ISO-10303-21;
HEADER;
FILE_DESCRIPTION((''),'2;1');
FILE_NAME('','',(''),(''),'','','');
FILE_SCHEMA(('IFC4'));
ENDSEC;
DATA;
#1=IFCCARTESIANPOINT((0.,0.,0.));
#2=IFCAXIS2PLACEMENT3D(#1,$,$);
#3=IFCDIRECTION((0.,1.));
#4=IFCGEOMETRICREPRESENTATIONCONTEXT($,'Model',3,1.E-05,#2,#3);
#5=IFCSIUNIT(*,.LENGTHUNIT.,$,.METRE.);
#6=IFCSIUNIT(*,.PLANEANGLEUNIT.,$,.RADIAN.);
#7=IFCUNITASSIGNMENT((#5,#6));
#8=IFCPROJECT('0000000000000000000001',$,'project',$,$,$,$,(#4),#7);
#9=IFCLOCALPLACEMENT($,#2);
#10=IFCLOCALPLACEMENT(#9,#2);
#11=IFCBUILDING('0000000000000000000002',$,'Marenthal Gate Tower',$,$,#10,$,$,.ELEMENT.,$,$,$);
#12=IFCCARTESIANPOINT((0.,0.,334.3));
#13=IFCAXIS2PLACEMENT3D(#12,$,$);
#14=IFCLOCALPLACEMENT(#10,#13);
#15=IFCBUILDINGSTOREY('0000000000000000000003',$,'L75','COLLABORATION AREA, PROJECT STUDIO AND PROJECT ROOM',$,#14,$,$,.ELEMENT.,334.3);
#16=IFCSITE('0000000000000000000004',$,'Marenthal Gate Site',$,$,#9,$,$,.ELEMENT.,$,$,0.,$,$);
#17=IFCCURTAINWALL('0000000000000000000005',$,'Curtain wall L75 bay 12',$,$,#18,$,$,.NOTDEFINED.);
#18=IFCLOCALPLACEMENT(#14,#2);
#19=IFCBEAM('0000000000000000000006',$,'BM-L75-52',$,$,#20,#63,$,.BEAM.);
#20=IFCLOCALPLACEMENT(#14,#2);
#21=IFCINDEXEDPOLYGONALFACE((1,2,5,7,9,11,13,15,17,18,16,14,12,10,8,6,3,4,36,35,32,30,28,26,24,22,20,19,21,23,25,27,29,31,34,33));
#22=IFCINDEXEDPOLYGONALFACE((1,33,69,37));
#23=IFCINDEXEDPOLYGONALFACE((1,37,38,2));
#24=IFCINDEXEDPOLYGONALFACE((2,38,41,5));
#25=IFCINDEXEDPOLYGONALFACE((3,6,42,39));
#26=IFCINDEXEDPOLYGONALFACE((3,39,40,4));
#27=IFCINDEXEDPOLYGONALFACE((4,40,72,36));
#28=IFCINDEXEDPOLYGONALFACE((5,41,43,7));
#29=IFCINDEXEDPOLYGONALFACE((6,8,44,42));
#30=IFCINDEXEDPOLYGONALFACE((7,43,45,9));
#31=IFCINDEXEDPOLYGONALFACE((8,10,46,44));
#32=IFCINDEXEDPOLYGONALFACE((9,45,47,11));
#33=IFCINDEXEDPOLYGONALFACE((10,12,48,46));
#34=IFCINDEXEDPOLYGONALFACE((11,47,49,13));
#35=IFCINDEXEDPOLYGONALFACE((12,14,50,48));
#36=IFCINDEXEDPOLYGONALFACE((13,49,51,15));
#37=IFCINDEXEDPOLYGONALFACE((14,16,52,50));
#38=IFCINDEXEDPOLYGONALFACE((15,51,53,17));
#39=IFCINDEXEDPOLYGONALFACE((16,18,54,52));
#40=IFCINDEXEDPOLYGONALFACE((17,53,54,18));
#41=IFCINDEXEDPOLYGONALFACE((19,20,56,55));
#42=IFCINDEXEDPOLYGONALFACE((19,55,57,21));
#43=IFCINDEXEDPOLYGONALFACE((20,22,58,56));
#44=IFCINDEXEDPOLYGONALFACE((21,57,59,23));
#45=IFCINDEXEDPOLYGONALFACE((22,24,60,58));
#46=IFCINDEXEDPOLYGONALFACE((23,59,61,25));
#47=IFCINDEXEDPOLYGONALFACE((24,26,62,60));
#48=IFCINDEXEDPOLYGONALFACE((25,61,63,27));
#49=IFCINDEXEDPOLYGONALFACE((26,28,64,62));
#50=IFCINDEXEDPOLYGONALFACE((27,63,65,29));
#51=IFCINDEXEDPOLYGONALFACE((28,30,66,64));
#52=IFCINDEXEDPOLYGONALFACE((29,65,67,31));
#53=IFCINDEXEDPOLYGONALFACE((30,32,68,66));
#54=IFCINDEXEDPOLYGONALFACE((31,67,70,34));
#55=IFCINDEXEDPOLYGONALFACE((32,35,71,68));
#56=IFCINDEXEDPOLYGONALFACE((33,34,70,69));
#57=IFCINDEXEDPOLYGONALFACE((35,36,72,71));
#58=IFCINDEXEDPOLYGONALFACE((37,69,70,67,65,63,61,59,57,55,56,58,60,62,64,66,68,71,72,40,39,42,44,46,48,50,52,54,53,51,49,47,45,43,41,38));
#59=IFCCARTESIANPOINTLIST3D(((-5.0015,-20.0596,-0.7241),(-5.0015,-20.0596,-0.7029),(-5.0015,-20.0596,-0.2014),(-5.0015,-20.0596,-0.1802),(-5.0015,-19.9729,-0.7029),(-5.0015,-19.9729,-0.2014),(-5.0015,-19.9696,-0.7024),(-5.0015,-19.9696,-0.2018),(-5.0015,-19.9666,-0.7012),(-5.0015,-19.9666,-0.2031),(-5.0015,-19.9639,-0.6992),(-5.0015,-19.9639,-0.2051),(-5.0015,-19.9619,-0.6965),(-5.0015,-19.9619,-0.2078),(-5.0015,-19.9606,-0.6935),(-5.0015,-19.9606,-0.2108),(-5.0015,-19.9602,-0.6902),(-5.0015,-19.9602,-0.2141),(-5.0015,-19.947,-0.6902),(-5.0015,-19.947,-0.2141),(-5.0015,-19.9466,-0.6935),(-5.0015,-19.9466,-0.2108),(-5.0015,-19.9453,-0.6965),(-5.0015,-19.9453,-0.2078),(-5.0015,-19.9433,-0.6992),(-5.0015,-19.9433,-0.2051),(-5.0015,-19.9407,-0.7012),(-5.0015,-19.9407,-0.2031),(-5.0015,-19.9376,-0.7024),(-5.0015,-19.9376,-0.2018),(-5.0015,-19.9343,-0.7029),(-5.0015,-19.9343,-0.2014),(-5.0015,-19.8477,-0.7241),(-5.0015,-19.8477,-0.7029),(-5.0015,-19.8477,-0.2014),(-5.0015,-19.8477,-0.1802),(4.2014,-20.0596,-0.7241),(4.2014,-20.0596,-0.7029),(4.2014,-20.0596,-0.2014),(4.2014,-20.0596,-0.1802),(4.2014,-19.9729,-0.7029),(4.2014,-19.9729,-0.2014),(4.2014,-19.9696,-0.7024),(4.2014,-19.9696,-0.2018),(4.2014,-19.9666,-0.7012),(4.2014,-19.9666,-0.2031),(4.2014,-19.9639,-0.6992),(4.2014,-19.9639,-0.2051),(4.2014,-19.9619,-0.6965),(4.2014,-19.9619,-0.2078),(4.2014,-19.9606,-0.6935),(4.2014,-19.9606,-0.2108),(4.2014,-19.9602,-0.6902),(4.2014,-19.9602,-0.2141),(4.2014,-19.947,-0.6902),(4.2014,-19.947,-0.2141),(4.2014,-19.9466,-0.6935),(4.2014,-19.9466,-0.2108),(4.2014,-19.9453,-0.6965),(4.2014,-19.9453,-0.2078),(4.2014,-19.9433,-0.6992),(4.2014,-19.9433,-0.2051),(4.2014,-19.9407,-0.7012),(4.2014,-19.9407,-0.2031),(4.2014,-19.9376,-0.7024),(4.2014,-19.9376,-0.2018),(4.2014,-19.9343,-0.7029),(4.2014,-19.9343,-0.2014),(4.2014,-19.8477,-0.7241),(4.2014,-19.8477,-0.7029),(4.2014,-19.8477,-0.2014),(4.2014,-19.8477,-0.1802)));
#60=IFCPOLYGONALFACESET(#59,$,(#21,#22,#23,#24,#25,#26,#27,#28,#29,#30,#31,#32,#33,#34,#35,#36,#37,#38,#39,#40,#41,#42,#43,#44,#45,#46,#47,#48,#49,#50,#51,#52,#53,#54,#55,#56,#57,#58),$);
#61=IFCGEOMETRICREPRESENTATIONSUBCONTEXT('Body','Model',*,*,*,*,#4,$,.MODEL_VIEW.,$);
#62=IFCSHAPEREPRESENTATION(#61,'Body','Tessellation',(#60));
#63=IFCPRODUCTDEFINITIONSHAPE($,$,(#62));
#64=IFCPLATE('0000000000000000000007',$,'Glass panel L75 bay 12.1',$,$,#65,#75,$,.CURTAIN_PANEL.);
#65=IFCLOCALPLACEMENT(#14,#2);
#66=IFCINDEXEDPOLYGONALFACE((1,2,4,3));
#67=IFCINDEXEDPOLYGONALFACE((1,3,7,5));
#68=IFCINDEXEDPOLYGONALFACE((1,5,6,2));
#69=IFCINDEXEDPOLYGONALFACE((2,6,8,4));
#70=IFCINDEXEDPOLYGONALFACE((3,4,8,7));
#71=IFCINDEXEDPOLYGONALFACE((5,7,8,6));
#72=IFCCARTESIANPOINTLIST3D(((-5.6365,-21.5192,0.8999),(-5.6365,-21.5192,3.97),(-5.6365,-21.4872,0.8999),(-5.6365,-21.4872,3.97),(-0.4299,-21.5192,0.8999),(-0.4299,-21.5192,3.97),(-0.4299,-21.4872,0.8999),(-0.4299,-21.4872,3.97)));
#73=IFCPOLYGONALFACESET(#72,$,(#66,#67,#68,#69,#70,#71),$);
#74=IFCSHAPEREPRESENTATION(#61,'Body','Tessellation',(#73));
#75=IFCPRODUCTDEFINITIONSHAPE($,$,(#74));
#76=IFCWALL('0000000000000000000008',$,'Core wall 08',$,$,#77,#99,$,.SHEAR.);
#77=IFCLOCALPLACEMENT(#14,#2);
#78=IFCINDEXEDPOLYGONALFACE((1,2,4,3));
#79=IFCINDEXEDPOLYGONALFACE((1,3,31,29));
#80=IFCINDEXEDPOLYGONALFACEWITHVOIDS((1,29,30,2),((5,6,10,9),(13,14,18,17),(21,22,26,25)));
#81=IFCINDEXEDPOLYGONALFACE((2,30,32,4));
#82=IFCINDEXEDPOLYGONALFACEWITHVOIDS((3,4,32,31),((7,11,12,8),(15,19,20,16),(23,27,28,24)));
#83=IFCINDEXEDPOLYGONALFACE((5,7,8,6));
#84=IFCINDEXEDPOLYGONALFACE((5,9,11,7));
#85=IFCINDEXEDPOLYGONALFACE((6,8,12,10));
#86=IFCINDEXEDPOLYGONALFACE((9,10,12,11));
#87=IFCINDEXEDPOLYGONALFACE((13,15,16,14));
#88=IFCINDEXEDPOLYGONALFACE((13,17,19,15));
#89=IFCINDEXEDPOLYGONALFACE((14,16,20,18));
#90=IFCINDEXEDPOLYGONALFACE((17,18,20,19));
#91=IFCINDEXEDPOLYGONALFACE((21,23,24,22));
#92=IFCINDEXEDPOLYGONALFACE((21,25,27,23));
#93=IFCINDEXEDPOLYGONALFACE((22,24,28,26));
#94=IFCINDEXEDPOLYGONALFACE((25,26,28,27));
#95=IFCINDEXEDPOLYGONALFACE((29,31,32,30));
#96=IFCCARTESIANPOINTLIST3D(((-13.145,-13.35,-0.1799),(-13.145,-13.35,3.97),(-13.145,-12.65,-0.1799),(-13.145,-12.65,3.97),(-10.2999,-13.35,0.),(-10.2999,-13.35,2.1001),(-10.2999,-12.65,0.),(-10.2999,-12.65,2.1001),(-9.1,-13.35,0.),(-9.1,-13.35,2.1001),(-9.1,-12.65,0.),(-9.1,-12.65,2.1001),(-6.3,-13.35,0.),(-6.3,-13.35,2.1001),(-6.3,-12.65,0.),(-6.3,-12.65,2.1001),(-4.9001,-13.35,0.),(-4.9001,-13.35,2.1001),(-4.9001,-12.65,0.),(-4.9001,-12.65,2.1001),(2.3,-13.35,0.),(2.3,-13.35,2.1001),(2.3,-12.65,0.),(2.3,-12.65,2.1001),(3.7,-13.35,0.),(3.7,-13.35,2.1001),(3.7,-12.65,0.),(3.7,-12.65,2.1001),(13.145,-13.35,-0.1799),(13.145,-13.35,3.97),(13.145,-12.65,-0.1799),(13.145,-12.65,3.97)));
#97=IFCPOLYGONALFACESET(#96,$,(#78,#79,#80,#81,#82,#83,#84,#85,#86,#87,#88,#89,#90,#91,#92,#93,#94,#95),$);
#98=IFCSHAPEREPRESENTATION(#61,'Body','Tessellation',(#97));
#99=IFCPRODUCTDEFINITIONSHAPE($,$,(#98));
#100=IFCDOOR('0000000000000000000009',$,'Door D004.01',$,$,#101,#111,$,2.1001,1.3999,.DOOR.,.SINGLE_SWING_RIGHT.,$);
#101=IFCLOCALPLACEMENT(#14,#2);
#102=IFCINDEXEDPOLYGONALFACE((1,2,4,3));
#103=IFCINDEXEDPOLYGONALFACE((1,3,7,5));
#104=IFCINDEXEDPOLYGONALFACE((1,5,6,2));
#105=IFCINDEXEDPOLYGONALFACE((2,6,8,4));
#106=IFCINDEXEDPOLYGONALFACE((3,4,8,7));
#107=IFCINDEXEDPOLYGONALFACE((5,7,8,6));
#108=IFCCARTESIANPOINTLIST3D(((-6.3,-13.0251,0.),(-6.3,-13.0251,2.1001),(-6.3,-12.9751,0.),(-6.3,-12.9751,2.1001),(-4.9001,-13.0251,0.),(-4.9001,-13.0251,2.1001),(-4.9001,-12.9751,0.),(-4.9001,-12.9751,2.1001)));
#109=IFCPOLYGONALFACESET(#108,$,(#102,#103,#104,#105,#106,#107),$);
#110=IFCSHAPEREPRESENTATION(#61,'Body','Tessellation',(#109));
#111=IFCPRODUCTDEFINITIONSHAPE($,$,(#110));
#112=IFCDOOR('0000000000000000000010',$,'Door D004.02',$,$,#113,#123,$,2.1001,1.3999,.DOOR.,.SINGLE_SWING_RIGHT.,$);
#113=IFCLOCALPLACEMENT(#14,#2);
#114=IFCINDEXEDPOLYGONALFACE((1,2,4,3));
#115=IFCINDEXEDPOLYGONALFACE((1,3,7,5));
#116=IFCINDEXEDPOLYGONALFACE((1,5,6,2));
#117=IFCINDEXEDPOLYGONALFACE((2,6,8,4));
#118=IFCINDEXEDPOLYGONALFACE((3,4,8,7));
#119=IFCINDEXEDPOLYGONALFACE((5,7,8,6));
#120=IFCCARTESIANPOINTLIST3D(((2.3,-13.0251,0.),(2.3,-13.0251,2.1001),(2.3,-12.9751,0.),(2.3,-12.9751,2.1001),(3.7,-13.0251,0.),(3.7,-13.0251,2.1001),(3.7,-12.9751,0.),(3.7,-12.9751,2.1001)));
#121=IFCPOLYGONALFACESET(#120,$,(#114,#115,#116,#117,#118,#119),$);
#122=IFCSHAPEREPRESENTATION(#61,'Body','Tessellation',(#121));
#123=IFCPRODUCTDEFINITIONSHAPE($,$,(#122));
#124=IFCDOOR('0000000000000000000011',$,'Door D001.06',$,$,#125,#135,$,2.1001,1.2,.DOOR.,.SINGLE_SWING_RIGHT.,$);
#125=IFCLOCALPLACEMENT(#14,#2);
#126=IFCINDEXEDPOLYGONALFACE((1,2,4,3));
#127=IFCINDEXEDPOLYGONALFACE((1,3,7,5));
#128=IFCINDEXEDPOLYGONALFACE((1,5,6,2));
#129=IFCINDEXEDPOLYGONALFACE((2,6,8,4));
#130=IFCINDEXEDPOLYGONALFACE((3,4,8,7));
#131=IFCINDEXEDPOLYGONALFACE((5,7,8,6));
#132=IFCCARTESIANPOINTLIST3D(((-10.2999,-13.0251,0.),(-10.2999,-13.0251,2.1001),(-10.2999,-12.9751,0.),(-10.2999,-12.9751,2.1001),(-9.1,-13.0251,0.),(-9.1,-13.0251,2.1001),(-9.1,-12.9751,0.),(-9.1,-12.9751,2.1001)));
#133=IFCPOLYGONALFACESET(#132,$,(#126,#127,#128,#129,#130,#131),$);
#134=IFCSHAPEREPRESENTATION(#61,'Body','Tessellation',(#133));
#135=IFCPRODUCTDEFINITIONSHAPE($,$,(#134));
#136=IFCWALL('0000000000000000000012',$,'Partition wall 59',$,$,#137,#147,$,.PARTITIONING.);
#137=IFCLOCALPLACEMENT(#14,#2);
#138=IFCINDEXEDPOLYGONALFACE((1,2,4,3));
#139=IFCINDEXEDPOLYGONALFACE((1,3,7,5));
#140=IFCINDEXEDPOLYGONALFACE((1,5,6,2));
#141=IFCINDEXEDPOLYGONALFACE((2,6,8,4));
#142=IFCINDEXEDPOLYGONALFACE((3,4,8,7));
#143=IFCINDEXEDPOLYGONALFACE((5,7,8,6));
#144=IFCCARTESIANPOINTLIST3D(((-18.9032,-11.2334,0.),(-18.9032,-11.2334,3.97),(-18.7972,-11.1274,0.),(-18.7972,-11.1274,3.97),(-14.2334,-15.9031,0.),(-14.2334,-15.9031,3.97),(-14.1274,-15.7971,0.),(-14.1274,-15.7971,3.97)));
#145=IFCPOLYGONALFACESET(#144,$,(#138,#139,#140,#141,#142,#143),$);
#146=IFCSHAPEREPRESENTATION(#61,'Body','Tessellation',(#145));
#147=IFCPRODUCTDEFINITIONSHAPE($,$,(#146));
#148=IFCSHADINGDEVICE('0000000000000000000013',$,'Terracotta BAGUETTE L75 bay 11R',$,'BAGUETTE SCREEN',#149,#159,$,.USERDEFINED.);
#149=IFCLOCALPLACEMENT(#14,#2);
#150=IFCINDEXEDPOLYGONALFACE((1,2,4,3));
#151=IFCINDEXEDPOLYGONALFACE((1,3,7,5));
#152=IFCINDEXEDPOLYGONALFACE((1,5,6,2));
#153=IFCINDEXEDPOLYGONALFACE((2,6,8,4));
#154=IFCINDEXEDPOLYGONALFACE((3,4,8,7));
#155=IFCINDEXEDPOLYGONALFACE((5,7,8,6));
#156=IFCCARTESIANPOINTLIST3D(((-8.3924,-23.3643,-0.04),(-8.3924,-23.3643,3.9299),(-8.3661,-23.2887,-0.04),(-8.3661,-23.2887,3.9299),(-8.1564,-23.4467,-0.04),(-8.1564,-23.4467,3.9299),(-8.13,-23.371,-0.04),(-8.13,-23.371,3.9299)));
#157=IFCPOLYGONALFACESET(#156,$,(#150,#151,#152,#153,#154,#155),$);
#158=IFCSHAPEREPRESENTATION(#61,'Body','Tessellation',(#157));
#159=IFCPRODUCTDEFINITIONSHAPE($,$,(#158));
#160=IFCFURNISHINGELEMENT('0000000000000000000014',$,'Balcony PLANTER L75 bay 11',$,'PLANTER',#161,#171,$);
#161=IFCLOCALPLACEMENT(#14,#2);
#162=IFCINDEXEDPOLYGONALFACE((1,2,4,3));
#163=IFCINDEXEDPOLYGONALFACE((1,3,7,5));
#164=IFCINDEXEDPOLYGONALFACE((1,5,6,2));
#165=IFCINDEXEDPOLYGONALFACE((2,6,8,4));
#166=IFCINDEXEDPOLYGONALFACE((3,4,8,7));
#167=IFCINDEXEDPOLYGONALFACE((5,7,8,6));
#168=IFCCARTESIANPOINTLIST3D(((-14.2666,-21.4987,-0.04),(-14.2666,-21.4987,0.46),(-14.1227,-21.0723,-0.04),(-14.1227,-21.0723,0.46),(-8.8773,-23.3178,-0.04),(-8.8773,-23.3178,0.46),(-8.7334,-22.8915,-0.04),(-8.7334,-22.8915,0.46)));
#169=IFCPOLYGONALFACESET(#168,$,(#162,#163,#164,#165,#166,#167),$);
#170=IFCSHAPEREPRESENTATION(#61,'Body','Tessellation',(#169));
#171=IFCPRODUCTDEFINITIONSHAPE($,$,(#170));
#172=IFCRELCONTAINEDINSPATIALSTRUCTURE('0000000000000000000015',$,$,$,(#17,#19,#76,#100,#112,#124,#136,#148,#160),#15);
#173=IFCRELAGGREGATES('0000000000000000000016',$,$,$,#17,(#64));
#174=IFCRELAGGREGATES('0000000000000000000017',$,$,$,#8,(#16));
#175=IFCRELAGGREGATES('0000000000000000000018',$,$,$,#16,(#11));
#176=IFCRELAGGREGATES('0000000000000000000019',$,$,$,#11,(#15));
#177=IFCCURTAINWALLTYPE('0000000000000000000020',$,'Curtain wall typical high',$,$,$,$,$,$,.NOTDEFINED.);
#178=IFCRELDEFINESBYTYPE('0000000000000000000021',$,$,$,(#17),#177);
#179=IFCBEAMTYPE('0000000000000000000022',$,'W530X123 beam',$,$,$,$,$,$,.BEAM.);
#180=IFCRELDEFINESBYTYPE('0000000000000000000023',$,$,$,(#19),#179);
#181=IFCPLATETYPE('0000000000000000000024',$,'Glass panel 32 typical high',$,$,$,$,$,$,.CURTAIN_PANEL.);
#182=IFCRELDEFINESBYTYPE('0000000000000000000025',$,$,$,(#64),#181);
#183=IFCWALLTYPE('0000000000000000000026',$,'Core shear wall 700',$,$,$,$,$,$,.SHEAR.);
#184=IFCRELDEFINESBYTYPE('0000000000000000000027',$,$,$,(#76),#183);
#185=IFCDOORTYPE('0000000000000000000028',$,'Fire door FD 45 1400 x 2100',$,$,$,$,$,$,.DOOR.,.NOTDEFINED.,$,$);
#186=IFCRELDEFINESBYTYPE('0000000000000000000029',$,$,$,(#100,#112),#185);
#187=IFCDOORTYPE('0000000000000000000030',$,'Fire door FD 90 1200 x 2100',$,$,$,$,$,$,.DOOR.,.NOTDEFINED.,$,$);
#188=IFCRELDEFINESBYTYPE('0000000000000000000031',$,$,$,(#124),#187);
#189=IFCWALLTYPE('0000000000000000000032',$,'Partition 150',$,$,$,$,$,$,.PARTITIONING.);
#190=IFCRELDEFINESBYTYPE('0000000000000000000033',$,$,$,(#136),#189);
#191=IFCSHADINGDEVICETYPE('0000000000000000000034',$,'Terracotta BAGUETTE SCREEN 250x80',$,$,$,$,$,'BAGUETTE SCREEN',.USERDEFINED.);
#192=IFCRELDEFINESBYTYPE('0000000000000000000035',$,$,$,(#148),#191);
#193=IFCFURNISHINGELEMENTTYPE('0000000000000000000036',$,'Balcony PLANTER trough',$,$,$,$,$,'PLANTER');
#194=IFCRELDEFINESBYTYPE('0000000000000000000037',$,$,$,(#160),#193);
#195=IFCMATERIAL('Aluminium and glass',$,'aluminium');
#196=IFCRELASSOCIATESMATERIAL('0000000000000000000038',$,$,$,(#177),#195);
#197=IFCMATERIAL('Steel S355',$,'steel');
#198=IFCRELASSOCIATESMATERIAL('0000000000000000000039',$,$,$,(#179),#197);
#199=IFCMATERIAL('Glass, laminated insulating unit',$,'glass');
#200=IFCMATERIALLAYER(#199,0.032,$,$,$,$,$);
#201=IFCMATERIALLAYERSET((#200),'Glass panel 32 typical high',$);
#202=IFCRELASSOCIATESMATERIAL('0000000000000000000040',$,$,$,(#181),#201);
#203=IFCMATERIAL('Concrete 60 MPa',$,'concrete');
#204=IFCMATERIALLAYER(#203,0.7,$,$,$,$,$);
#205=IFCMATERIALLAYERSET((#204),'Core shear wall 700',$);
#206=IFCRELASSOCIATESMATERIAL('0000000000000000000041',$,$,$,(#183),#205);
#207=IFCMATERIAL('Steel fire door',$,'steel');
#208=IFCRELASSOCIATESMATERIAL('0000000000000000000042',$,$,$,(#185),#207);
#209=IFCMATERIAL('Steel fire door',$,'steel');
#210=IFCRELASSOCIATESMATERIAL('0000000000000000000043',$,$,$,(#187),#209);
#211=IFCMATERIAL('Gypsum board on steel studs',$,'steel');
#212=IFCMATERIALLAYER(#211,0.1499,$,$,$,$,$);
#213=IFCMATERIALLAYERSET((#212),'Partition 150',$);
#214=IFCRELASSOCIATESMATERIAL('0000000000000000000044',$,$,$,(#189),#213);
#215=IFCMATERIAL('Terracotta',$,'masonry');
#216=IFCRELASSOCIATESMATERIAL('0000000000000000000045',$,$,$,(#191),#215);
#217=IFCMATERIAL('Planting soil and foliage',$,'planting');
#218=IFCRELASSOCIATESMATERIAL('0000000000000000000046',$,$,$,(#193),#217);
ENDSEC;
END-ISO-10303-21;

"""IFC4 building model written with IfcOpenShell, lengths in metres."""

from ifc_helpers import new_model, si_unit, direction, frame, frame_2d, origin, origin_2d, place, context, subcontext, project, spatial, rectangle, i_section, extrude, material, layer, layer_set, material_profile, profile_set, type_object, element, fill, aggregate, save


model = new_model("IFC4")

# Units and contexts
model_context = context("Model", 3, precision=1e-05, world=origin(), true_north=direction((0.0, 1.0)))
body_context = subcontext(model_context, "Body", "Model", "MODEL_VIEW")
ifc_project = project(units=[si_unit("LENGTHUNIT", "METRE"), si_unit("PLANEANGLEUNIT", "RADIAN")], contexts=[model_context])

# Site, building, storey
site_placement = place(None, origin())
site = spatial("IfcSite", under=ifc_project, at=site_placement, Name="Marenthal Gate Site", CompositionType="ELEMENT", RefElevation=0.0)
building_placement = place(site_placement, origin())
building = spatial("IfcBuilding", under=site, at=building_placement, Name="Marenthal Gate Tower", CompositionType="ELEMENT")
storey_placement = place(building_placement, frame((0.0, 0.0, 334.3)))
storey = spatial("IfcBuildingStorey", under=building, at=storey_placement, Name="L75", Description="COLLABORATION AREA, PROJECT STUDIO AND PROJECT ROOM", CompositionType="ELEMENT", Elevation=334.3)

# Curtain wall
ifc_material_1 = material(Name="Aluminium and glass", Category="aluminium")
curtain_wall_type = type_object("IfcCurtainWallType", Name="Curtain wall typical high", PredefinedType="NOTDEFINED", material=ifc_material_1)
curtain_wall_placement = place(storey_placement, origin())
curtain_wall = element("IfcCurtainWall", 1, at=curtain_wall_placement, inside=storey, type_object=curtain_wall_type, Name="Curtain wall L75 bay 12", PredefinedType="NOTDEFINED")

# Beam
ifc_material_2 = material(Name="Steel S355", Category="steel")
ifc_material_profile_1 = material_profile(ifc_material_2, i_section(OverallWidth=0.2119, OverallDepth=0.5439, WebThickness=0.0132, FlangeThickness=0.0212, FilletRadius=0.0127, at=origin_2d()), Name="W530X123")
ifc_profile_set_1 = profile_set([ifc_material_profile_1], Name="Steel S355")
beam_type_1 = type_object("IfcBeamType", Name="W530X123 beam", PredefinedType="BEAM", material=ifc_profile_set_1)
beam_1_placement = place(storey_placement, frame((-5.0015, -19.9536, -0.4521), z_axis=(1.0, 0.0, 0.0), x_axis=(0.0, 1.0, 0.0)))
element("IfcBeam", 2, at=beam_1_placement, inside=storey, type_object=beam_type_1, Name="BM-L75-52", PredefinedType="BEAM", context=body_context, shape_type="SweptSolid", body=[
    extrude(i_section(OverallWidth=0.2119, OverallDepth=0.5439, WebThickness=0.0132, FlangeThickness=0.0212, FilletRadius=0.0127, at=origin_2d()), origin(), (0.0, 0.0, 1.0), 9.2029),
])

# Plate
ifc_material_3 = material(Name="Glass, laminated insulating unit", Category="glass")
ifc_layer_1 = layer(ifc_material_3, 0.032)
ifc_layer_set_1 = layer_set([ifc_layer_1], Name="Glass panel 32 typical high")
plate_type = type_object("IfcPlateType", Name="Glass panel 32 typical high", PredefinedType="CURTAIN_PANEL", material=ifc_layer_set_1)
plate_placement = place(storey_placement, frame((-3.0332, -21.5032, 0.8999), z_axis=(0.0, 0.0, 1.0), x_axis=(1.0, 0.0, 0.0)))
plate = element("IfcPlate", 3, at=plate_placement, type_object=plate_type, Name="Glass panel L75 bay 12.1", PredefinedType="CURTAIN_PANEL", context=body_context, shape_type="SweptSolid", body=[
    extrude(rectangle(XDim=5.2065, YDim=0.032, at=origin_2d()), origin(), (0.0, 0.0, 1.0), 3.0701),
])
aggregate(curtain_wall, [plate])

# Wall, openings, doors
ifc_material_4 = material(Name="Concrete 60 MPa", Category="concrete")
ifc_layer_2 = layer(ifc_material_4, 0.7)
ifc_layer_set_2 = layer_set([ifc_layer_2], Name="Core shear wall 700")
wall_type_1 = type_object("IfcWallType", Name="Core shear wall 700", PredefinedType="SHEAR", material=ifc_layer_set_2)
wall_1_placement = place(storey_placement, frame((-13.145, -13.0, -0.1799), z_axis=(0.0, 0.0, 1.0), x_axis=(1.0, 0.0, 0.0)))
wall_1 = element("IfcWall", 4, at=wall_1_placement, inside=storey, type_object=wall_type_1, Name="Core wall 08", PredefinedType="SHEAR", context=body_context, shape_type="SweptSolid", body=[
    extrude(rectangle(XDim=26.29, YDim=0.7, at=frame_2d((13.145, 0.0))), origin(), (0.0, 0.0, 1.0), 4.1499),
])
opening_1_placement = place(wall_1_placement, frame((2.845, 0.0, 0.1799)))
opening_1 = element("IfcOpeningElement", 5, at=opening_1_placement, cuts=wall_1, PredefinedType="OPENING", context=body_context, shape_type="SweptSolid", body=[
    extrude(rectangle(XDim=1.2, YDim=2.1001, at=frame_2d((0.6001, 1.05))), frame((0.0, 0.3599, 0.0), z_axis=(0.0, -1.0, 0.0), x_axis=(1.0, 0.0, 0.0)), (0.0, 0.0, 1.0), 0.72),
])
opening_2_placement = place(wall_1_placement, frame((6.845, 0.0, 0.1799)))
opening_2 = element("IfcOpeningElement", 6, at=opening_2_placement, cuts=wall_1, PredefinedType="OPENING", context=body_context, shape_type="SweptSolid", body=[
    extrude(rectangle(XDim=1.3999, YDim=2.1001, at=frame_2d((0.7, 1.05))), frame((0.0, 0.3599, 0.0), z_axis=(0.0, -1.0, 0.0), x_axis=(1.0, 0.0, 0.0)), (0.0, 0.0, 1.0), 0.72),
])
opening_3_placement = place(wall_1_placement, frame((15.4451, 0.0, 0.1799)))
opening_3 = element("IfcOpeningElement", 7, at=opening_3_placement, cuts=wall_1, PredefinedType="OPENING", context=body_context, shape_type="SweptSolid", body=[
    extrude(rectangle(XDim=1.3999, YDim=2.1001, at=frame_2d((0.7, 1.05))), frame((0.0, 0.3599, 0.0), z_axis=(0.0, -1.0, 0.0), x_axis=(1.0, 0.0, 0.0)), (0.0, 0.0, 1.0), 0.72),
])
ifc_material_5 = material(Name="Steel fire door", Category="steel")
door_type_1 = type_object("IfcDoorType", Name="Fire door FD 45 1400 x 2100", OperationType="NOTDEFINED", PredefinedType="DOOR", material=ifc_material_5)
door_1_placement = place(opening_2_placement, origin())
door_1 = element("IfcDoor", 8, at=door_1_placement, inside=storey, type_object=door_type_1, Name="Door D004.01", OperationType="SINGLE_SWING_RIGHT", OverallHeight=2.1001, OverallWidth=1.3999, PredefinedType="DOOR", context=body_context, shape_type="SweptSolid", body=[
    extrude(rectangle(XDim=1.3999, YDim=2.1001, at=frame_2d((0.7, 1.05))), frame((0.0, 0.0249, 0.0), z_axis=(0.0, -1.0, 0.0), x_axis=(1.0, 0.0, 0.0)), (0.0, 0.0, 1.0), 0.05),
])
fill(opening_2, door_1)
door_2_placement = place(opening_3_placement, origin())
door_2 = element("IfcDoor", 9, at=door_2_placement, inside=storey, type_object=door_type_1, Name="Door D004.02", OperationType="SINGLE_SWING_RIGHT", OverallHeight=2.1001, OverallWidth=1.3999, PredefinedType="DOOR", context=body_context, shape_type="SweptSolid", body=[
    extrude(rectangle(XDim=1.3999, YDim=2.1001, at=frame_2d((0.7, 1.05))), frame((0.0, 0.0249, 0.0), z_axis=(0.0, -1.0, 0.0), x_axis=(1.0, 0.0, 0.0)), (0.0, 0.0, 1.0), 0.05),
])
fill(opening_3, door_2)
ifc_material_6 = material(Name="Steel fire door", Category="steel")
door_type_2 = type_object("IfcDoorType", Name="Fire door FD 90 1200 x 2100", OperationType="NOTDEFINED", PredefinedType="DOOR", material=ifc_material_6)
door_3_placement = place(opening_1_placement, origin())
door_3 = element("IfcDoor", 10, at=door_3_placement, inside=storey, type_object=door_type_2, Name="Door D001.06", OperationType="SINGLE_SWING_RIGHT", OverallHeight=2.1001, OverallWidth=1.2, PredefinedType="DOOR", context=body_context, shape_type="SweptSolid", body=[
    extrude(rectangle(XDim=1.2, YDim=2.1001, at=frame_2d((0.6001, 1.05))), frame((0.0, 0.0249, 0.0), z_axis=(0.0, -1.0, 0.0), x_axis=(1.0, 0.0, 0.0)), (0.0, 0.0, 1.0), 0.05),
])
fill(opening_1, door_3)

# Wall
ifc_material_7 = material(Name="Gypsum board on steel studs", Category="steel")
ifc_layer_3 = layer(ifc_material_7, 0.1499)
ifc_layer_set_3 = layer_set([ifc_layer_3], Name="Partition 150")
wall_type_2 = type_object("IfcWallType", Name="Partition 150", PredefinedType="PARTITIONING", material=ifc_layer_set_3)
wall_2_placement = place(storey_placement, frame((-14.1804, -15.8501, 0.0), z_axis=(0.0, 0.0, 1.0), x_axis=(-0.707107, 0.707107, 0.0)))
element("IfcWall", 11, at=wall_2_placement, inside=storey, type_object=wall_type_2, Name="Partition wall 59", PredefinedType="PARTITIONING", context=body_context, shape_type="SweptSolid", body=[
    extrude(rectangle(XDim=6.604, YDim=0.1499, at=frame_2d((3.302, 0.0))), origin(), (0.0, 0.0, 1.0), 3.97),
])

# Shading device
ifc_material_8 = material(Name="Terracotta", Category="masonry")
ifc_material_profile_2 = material_profile(ifc_material_8, rectangle(XDim=0.25, YDim=0.0801, at=origin_2d()), Name="Terracotta baguette 250x80")
ifc_profile_set_2 = profile_set([ifc_material_profile_2], Name="Terracotta")
shading_device_type = type_object("IfcShadingDeviceType", Name="Terracotta BAGUETTE SCREEN 250x80", ElementType="BAGUETTE SCREEN", PredefinedType="USERDEFINED", material=ifc_profile_set_2)
shading_device_placement = place(storey_placement, frame((-8.2612, -23.3677, -0.04), z_axis=(0.0, 0.0, 1.0), x_axis=(0.944186, -0.329413, 0.0)))
element("IfcShadingDevice", 12, at=shading_device_placement, inside=storey, type_object=shading_device_type, Name="Terracotta BAGUETTE L75 bay 11R", ObjectType="BAGUETTE SCREEN", PredefinedType="USERDEFINED", context=body_context, shape_type="SweptSolid", body=[
    extrude(rectangle(XDim=0.25, YDim=0.0801, at=origin_2d()), origin(), (0.0, 0.0, 1.0), 3.97),
])

# Furnishing element
ifc_material_9 = material(Name="Planting soil and foliage", Category="planting")
furnishing_element_type = type_object("IfcFurnishingElementType", Name="Balcony PLANTER trough", ElementType="PLANTER", material=ifc_material_9)
furnishing_placement = place(storey_placement, frame((-11.5, -22.1951, -0.04), z_axis=(0.0, 0.0, 1.0), x_axis=(0.947479, -0.319818, 0.0)))
element("IfcFurnishingElement", 13, at=furnishing_placement, inside=storey, type_object=furnishing_element_type, Name="Balcony PLANTER L75 bay 11", ObjectType="PLANTER", context=body_context, shape_type="SweptSolid", body=[
    extrude(rectangle(XDim=5.688, YDim=0.45, at=origin_2d()), origin(), (0.0, 0.0, 1.0), 0.5),
])

save(model, "model.ifc")
